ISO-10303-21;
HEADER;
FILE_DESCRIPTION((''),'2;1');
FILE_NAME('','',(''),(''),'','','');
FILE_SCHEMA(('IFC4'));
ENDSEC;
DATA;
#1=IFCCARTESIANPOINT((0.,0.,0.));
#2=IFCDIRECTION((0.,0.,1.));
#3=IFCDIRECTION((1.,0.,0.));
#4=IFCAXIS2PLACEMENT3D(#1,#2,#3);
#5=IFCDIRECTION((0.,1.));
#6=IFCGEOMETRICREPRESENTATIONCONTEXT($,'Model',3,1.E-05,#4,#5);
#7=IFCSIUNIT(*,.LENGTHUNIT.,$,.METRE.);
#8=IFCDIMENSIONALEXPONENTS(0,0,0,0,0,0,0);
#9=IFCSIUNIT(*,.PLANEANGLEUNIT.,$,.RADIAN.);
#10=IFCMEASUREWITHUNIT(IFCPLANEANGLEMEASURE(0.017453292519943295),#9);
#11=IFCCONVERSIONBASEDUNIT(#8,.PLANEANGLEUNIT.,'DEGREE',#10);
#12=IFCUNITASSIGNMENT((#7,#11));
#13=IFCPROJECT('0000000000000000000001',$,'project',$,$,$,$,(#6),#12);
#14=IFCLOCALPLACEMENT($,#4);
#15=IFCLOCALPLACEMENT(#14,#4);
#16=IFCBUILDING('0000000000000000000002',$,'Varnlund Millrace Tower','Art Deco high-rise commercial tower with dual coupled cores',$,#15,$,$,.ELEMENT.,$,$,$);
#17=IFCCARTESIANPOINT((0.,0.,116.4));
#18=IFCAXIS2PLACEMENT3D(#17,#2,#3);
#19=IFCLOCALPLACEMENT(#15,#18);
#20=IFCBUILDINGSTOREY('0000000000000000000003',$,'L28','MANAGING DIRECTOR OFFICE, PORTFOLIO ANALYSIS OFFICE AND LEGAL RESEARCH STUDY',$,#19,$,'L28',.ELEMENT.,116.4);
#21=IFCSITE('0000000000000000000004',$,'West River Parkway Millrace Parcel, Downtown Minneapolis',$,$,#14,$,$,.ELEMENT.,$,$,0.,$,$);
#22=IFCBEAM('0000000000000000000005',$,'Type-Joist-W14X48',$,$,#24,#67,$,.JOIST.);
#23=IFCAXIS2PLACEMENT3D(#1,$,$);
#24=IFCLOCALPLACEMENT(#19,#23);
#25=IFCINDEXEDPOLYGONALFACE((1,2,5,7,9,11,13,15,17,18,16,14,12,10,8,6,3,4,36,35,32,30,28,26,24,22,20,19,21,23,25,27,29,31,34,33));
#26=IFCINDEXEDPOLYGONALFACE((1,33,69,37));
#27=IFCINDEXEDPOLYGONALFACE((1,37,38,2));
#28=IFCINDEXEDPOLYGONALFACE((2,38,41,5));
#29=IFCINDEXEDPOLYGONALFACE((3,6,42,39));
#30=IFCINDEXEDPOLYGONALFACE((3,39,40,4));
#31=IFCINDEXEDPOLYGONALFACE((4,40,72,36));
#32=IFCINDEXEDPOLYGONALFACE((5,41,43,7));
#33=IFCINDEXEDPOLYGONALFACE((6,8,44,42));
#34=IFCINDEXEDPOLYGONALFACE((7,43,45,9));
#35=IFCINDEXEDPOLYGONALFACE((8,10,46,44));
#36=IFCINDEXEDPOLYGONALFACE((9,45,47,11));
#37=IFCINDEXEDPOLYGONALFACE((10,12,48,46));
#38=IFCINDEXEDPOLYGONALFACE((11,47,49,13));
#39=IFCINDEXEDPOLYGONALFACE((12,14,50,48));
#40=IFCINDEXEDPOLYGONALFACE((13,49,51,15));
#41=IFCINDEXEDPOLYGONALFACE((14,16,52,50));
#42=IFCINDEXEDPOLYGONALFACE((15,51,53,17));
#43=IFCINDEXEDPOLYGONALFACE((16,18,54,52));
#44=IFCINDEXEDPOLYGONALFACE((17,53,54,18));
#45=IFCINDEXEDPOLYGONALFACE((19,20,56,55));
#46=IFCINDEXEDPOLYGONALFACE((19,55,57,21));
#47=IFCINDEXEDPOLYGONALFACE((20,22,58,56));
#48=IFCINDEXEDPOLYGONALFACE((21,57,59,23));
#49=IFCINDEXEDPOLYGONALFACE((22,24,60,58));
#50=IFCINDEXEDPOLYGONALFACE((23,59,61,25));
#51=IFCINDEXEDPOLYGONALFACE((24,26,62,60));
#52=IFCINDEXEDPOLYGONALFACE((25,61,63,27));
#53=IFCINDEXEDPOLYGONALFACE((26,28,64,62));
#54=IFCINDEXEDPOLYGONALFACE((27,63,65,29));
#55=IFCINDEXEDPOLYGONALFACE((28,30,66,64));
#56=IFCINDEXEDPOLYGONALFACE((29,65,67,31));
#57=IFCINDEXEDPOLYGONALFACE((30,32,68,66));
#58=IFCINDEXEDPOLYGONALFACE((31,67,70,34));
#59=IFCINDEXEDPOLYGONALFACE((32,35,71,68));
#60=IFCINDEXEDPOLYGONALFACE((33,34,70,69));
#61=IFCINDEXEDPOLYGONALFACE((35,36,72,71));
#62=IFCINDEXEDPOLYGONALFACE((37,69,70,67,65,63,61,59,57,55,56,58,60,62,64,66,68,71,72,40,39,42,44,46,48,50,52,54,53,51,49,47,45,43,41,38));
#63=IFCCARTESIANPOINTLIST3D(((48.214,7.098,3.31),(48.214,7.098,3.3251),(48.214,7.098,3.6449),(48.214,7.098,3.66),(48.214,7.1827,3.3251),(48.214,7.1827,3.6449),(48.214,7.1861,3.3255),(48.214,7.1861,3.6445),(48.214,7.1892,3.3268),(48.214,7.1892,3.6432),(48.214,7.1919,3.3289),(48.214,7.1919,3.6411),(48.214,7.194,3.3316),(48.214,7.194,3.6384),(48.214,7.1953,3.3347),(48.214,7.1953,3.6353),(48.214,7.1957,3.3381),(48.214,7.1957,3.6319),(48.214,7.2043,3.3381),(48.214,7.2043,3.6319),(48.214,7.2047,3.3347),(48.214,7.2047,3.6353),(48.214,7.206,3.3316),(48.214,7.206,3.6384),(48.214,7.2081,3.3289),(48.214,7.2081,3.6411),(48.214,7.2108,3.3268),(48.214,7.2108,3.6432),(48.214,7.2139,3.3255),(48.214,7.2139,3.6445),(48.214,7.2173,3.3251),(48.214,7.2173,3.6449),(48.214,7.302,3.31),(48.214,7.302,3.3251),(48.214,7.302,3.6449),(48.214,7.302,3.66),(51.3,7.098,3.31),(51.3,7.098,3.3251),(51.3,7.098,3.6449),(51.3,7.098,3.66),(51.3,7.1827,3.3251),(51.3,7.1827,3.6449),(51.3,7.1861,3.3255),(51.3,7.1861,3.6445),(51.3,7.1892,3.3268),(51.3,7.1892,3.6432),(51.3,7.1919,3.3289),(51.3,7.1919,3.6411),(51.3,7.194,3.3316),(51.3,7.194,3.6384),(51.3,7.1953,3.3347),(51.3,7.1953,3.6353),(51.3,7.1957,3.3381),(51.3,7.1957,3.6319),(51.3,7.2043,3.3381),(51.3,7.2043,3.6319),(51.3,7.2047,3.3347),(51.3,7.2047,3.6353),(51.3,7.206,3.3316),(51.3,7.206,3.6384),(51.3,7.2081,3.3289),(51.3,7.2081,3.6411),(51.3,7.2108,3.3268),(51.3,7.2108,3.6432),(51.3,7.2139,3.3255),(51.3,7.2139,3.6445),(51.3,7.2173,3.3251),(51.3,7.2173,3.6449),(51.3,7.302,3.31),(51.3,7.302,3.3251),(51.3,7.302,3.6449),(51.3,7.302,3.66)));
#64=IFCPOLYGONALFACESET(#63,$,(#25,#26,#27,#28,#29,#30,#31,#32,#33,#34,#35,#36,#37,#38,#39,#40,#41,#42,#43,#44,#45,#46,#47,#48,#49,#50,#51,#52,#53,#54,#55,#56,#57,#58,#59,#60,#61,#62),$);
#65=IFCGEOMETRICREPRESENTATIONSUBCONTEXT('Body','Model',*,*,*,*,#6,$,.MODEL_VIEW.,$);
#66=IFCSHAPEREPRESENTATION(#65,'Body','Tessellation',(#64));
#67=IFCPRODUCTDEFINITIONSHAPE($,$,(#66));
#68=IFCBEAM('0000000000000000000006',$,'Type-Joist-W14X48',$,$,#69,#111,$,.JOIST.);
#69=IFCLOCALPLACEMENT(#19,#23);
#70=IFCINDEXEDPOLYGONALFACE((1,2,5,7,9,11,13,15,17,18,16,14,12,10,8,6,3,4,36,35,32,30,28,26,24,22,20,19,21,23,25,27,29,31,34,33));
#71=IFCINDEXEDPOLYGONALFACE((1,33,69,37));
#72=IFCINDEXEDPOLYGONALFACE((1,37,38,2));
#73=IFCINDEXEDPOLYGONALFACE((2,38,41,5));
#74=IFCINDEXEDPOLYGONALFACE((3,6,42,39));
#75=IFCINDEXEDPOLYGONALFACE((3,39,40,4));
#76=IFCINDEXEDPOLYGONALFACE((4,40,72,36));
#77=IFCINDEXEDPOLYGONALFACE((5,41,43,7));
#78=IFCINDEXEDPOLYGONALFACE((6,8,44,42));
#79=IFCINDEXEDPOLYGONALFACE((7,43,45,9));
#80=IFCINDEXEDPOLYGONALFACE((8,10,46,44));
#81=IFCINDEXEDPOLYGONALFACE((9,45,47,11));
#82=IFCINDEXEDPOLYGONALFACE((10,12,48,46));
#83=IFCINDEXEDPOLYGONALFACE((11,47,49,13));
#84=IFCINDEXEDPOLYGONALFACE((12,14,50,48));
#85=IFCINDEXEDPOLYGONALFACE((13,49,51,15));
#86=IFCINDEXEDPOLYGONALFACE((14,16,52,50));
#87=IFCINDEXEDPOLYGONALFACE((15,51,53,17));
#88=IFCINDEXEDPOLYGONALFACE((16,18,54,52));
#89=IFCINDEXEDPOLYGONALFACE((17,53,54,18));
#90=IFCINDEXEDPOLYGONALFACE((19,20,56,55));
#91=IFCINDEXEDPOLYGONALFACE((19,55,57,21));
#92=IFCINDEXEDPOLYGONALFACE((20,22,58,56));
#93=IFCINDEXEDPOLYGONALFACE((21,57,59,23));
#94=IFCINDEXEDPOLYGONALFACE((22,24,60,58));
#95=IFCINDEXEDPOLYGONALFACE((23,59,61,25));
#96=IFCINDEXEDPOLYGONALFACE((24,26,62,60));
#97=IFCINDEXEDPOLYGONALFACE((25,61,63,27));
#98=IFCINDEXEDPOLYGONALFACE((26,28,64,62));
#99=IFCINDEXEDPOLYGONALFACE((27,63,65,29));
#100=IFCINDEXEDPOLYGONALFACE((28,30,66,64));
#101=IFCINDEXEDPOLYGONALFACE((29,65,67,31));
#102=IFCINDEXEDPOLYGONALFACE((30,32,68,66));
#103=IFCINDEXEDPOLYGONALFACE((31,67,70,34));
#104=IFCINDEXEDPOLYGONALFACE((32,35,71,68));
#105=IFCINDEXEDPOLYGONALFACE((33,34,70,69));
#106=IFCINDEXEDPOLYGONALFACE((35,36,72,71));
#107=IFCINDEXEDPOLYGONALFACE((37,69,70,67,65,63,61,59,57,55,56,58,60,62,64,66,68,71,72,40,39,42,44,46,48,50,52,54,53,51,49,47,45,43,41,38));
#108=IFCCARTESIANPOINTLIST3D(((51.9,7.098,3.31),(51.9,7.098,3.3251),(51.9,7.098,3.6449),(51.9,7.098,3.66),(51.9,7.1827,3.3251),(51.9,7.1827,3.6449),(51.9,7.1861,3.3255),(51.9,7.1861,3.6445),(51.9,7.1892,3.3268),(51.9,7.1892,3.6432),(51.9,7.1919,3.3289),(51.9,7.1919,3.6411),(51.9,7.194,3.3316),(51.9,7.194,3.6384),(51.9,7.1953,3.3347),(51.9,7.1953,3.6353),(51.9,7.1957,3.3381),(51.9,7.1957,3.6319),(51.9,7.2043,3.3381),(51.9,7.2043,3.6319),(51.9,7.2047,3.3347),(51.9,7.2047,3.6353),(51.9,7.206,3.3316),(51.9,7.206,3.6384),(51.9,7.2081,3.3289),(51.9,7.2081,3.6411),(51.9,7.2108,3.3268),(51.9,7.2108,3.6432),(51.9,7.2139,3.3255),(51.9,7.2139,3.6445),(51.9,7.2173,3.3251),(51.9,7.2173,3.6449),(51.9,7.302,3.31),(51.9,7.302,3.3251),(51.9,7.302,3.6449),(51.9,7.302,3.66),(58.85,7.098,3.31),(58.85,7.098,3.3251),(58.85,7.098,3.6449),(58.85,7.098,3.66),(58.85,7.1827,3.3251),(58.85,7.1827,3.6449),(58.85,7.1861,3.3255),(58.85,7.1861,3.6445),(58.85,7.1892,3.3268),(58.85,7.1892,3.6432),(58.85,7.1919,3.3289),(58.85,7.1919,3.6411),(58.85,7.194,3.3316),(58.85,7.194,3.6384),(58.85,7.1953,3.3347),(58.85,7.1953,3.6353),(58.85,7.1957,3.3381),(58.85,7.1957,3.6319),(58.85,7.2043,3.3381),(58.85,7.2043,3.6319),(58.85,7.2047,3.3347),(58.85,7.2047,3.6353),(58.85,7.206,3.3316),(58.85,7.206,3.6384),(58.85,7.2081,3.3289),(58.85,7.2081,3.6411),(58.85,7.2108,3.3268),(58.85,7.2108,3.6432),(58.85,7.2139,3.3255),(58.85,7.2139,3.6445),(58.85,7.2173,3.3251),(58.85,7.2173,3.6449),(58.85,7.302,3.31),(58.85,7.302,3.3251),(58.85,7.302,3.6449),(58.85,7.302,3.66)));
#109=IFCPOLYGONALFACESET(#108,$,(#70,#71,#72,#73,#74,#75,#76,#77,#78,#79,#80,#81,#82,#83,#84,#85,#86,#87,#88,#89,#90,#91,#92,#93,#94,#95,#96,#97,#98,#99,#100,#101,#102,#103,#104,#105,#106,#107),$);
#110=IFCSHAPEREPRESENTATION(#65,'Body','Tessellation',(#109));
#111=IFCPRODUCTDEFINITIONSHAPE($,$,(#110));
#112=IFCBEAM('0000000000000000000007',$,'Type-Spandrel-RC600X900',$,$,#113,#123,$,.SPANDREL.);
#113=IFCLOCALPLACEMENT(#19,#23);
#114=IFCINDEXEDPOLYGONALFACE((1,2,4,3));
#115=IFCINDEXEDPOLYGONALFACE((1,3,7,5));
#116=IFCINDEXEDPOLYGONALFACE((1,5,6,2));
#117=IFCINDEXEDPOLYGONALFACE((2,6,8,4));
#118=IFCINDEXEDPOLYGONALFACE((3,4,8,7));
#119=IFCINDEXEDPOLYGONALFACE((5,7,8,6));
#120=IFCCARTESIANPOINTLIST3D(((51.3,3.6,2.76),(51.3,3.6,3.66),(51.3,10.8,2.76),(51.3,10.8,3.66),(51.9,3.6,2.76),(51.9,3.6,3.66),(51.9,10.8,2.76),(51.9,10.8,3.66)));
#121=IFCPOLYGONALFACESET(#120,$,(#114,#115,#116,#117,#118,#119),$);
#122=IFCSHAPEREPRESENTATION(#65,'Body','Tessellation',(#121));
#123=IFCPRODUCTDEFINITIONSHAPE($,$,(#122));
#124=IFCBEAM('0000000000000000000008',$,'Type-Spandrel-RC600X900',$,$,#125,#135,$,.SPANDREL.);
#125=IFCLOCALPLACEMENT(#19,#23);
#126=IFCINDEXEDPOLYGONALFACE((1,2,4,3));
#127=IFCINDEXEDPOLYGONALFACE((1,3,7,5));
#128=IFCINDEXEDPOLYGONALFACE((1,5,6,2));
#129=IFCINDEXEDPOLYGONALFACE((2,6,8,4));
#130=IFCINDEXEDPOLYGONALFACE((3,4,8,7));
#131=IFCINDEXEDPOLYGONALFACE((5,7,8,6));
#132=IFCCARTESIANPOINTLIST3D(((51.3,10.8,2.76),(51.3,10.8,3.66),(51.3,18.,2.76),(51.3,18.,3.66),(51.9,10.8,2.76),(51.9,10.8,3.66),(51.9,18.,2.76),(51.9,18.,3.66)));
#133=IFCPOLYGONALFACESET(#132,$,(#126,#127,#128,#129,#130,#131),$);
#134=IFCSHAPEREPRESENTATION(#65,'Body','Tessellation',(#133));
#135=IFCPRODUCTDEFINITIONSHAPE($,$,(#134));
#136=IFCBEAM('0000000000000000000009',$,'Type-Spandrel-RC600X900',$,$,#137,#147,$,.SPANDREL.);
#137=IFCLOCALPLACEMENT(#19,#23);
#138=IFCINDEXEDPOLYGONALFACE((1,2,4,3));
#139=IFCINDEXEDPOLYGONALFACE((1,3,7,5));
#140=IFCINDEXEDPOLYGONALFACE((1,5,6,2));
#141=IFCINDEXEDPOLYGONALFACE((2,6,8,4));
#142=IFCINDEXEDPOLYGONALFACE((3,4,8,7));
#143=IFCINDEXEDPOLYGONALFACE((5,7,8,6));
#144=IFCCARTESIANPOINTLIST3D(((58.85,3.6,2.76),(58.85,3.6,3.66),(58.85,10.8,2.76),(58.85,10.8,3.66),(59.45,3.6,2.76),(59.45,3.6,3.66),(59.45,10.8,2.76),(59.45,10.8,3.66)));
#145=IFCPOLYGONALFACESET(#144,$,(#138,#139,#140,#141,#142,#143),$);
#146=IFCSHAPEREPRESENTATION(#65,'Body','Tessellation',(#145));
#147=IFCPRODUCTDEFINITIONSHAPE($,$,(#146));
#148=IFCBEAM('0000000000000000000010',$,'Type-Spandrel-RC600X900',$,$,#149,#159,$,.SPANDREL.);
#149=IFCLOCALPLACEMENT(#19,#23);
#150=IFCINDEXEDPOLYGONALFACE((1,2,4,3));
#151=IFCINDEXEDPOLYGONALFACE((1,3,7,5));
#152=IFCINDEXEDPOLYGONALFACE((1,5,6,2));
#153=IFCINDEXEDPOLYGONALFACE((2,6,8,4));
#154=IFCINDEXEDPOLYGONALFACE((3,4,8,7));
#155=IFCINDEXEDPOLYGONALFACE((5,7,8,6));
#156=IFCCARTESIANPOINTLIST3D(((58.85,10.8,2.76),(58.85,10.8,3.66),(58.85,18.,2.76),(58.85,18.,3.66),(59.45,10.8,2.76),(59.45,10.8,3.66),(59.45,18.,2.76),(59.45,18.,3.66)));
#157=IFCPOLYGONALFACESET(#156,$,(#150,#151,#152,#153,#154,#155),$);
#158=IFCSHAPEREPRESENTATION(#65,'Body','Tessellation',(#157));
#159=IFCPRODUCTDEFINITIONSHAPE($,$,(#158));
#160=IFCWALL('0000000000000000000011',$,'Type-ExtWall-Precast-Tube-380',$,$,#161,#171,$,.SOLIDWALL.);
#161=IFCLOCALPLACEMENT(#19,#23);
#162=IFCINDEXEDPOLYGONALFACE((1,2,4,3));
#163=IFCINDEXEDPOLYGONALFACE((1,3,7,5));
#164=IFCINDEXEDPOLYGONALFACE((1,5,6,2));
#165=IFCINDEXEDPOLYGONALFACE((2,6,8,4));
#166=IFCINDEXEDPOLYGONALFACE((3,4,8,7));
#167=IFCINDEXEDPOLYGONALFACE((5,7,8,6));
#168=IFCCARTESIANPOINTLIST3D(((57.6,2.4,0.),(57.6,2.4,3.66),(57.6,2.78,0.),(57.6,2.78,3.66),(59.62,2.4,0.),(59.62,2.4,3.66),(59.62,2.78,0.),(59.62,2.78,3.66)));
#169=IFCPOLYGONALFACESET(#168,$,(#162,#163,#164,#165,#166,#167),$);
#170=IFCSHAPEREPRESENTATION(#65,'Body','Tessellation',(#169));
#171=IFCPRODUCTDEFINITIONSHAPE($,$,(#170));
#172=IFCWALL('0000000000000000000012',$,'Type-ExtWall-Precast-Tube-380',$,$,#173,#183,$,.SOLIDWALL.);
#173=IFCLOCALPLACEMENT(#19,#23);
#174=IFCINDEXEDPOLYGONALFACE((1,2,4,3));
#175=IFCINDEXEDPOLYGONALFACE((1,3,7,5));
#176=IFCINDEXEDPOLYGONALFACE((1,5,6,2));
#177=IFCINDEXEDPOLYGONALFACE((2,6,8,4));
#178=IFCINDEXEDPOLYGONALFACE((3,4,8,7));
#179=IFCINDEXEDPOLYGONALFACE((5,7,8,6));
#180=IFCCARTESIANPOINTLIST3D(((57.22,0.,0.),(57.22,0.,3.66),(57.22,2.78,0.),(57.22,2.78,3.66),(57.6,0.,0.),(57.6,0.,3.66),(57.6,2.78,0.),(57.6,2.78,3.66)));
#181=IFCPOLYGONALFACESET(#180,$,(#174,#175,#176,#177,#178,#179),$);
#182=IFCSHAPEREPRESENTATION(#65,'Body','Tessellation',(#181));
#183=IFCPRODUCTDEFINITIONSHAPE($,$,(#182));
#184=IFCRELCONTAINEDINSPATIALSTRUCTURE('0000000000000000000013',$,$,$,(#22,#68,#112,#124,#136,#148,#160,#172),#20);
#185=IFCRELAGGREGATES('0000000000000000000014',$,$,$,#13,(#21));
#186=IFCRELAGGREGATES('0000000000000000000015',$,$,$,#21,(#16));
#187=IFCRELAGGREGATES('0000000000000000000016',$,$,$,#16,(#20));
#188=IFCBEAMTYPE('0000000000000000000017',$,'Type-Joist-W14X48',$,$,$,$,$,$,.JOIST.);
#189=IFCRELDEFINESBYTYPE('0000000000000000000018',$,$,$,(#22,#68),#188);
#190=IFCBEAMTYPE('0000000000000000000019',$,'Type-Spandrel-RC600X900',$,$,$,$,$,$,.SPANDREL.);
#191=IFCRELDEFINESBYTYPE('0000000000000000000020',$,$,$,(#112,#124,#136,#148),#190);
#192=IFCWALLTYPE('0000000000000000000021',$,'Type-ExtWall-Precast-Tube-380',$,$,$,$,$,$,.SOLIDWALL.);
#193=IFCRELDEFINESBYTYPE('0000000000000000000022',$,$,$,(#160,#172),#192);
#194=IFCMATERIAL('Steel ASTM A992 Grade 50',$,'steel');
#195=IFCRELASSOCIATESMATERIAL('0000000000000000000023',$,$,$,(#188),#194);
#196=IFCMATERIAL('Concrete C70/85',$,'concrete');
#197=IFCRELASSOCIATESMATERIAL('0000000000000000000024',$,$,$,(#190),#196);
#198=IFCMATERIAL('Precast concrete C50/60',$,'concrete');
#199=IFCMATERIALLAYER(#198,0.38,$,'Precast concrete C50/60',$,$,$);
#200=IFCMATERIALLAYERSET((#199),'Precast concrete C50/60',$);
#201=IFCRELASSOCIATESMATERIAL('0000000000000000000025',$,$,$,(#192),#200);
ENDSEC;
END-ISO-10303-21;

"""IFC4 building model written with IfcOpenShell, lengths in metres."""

from ifc_helpers import new_model, entity, si_unit, converted_unit, direction, frame, origin_with_axes, origin_2d_with_axis, place, context, subcontext, project, spatial, polyline, rectangle, i_section, outline, extrude, material, layer, layer_set, material_profile, profile_set, type_object, element, save


model = new_model("IFC4")

# Units and contexts
model_context = context("Model", 3, precision=1e-05, world=origin_with_axes(), true_north=direction((0.0, 1.0)))
body_context = subcontext(model_context, "Body", "Model", "MODEL_VIEW")
ifc_project = project(units=[si_unit("LENGTHUNIT", "METRE"), converted_unit("PLANEANGLEUNIT", "DEGREE", entity("IfcPlaneAngleMeasure", 0.017453292519943295), si_unit("PLANEANGLEUNIT", "RADIAN"), dimensions=[0, 0, 0, 0, 0, 0, 0])], contexts=[model_context])

# Site, building, storey
site_placement = place(None, origin_with_axes())
site = spatial("IfcSite", under=ifc_project, at=site_placement, Name="West River Parkway Millrace Parcel, Downtown Minneapolis", CompositionType="ELEMENT", RefElevation=0.0)
building_placement = place(site_placement, origin_with_axes())
building = spatial("IfcBuilding", under=site, at=building_placement, Name="Varnlund Millrace Tower", Description="Art Deco high-rise commercial tower with dual coupled cores", CompositionType="ELEMENT")
storey_placement = place(building_placement, frame((0.0, 0.0, 116.4), z_axis=(0.0, 0.0, 1.0), x_axis=(1.0, 0.0, 0.0)))
storey = spatial("IfcBuildingStorey", under=building, at=storey_placement, Name="L28", Description="MANAGING DIRECTOR OFFICE, PORTFOLIO ANALYSIS OFFICE AND LEGAL RESEARCH STUDY", LongName="L28", CompositionType="ELEMENT", Elevation=116.4)

# Beams
ifc_material_1 = material(Name="Steel ASTM A992 Grade 50", Category="steel")
ifc_material_profile_1 = material_profile(ifc_material_1, i_section(OverallWidth=0.204, OverallDepth=0.35, WebThickness=0.0086, FlangeThickness=0.0151, FilletRadius=0.013, at=origin_2d_with_axis()), Name="Steel ASTM A992 Grade 50")
ifc_profile_set_1 = profile_set([ifc_material_profile_1], Name="Steel ASTM A992 Grade 50")
beam_type_1 = type_object("IfcBeamType", Name="Type-Joist-W14X48", PredefinedType="JOIST", material=ifc_profile_set_1)
beam_1_placement = place(storey_placement, frame((48.214, 7.2, 3.485), z_axis=(1.0, 0.0, 0.0), x_axis=(0.0, 1.0, 0.0)))
element("IfcBeam", 1, at=beam_1_placement, inside=storey, type_object=beam_type_1, Name="Type-Joist-W14X48", PredefinedType="JOIST", context=body_context, shape_type="SweptSolid", body=[
    extrude(i_section(OverallWidth=0.204, OverallDepth=0.35, WebThickness=0.0086, FlangeThickness=0.0151, FilletRadius=0.013, at=origin_2d_with_axis()), origin_with_axes(), (0.0, 0.0, 1.0), 3.086),
])
beam_2_placement = place(storey_placement, frame((51.9, 7.2, 3.485), z_axis=(1.0, 0.0, 0.0), x_axis=(0.0, 1.0, 0.0)))
element("IfcBeam", 2, at=beam_2_placement, inside=storey, type_object=beam_type_1, Name="Type-Joist-W14X48", PredefinedType="JOIST", context=body_context, shape_type="SweptSolid", body=[
    extrude(i_section(OverallWidth=0.204, OverallDepth=0.35, WebThickness=0.0086, FlangeThickness=0.0151, FilletRadius=0.013, at=origin_2d_with_axis()), origin_with_axes(), (0.0, 0.0, 1.0), 6.95),
])
ifc_material_2 = material(Name="Concrete C70/85", Category="concrete")
ifc_material_profile_2 = material_profile(ifc_material_2, rectangle(XDim=0.6, YDim=0.9, at=origin_2d_with_axis()), Name="Concrete C70/85")
ifc_profile_set_2 = profile_set([ifc_material_profile_2], Name="Concrete C70/85")
beam_type_2 = type_object("IfcBeamType", Name="Type-Spandrel-RC600X900", PredefinedType="SPANDREL", material=ifc_profile_set_2)
for number, where, z_axis, x_axis, name in (
    (3, (51.6, 3.6, 3.21), (0.0, 1.0, 0.0), (-1.0, 0.0, 0.0), "Type-Spandrel-RC600X900"),
    (4, (51.6, 10.8, 3.21), (0.0, 1.0, 0.0), (-1.0, 0.0, 0.0), "Type-Spandrel-RC600X900"),
    (5, (59.15, 3.6, 3.21), (0.0, 1.0, 0.0), (-1.0, 0.0, 0.0), "Type-Spandrel-RC600X900"),
    (6, (59.15, 10.8, 3.21), (0.0, 1.0, 0.0), (-1.0, 0.0, 0.0), "Type-Spandrel-RC600X900"),
):
    element("IfcBeam", number, at=place(storey_placement, frame(where, z_axis=z_axis, x_axis=x_axis)), inside=storey, type_object=beam_type_2, Name=name, PredefinedType="SPANDREL", context=body_context, shape_type="SweptSolid", body=[
        extrude(rectangle(XDim=0.6, YDim=0.9, at=origin_2d_with_axis()), origin_with_axes(), (0.0, 0.0, 1.0), 7.2),
    ])

# Walls
ifc_material_3 = material(Name="Precast concrete C50/60", Category="concrete")
ifc_layer_1 = layer(ifc_material_3, 0.38, Name="Precast concrete C50/60")
ifc_layer_set_1 = layer_set([ifc_layer_1], Name="Precast concrete C50/60")
wall_type_1 = type_object("IfcWallType", Name="Type-ExtWall-Precast-Tube-380", PredefinedType="SOLIDWALL", material=ifc_layer_set_1)
wall_1_placement = place(storey_placement, frame((59.62, 2.59, 0.0), z_axis=(0.0, 0.0, 1.0), x_axis=(-1.0, 0.0, 0.0)))
element("IfcWall", 7, at=wall_1_placement, inside=storey, type_object=wall_type_1, Name="Type-ExtWall-Precast-Tube-380", PredefinedType="SOLIDWALL", context=body_context, shape_type="SweptSolid", body=[
    extrude(outline(polyline([(0.0, -0.19), (2.02, -0.19), (2.02, 0.19), (0.0, 0.19), (0.0, -0.19)])), origin_with_axes(), (0.0, 0.0, 1.0), 3.66),
])
wall_2_placement = place(storey_placement, frame((57.41, 2.78, 0.0), z_axis=(0.0, 0.0, 1.0), x_axis=(0.0, -1.0, 0.0)))
element("IfcWall", 8, at=wall_2_placement, inside=storey, type_object=wall_type_1, Name="Type-ExtWall-Precast-Tube-380", PredefinedType="SOLIDWALL", context=body_context, shape_type="SweptSolid", body=[
    extrude(outline(polyline([(0.0, -0.19), (2.78, -0.19), (2.78, 0.19), (0.0, 0.19), (0.0, -0.19)])), origin_with_axes(), (0.0, 0.0, 1.0), 3.66),
])

save(model, "model.ifc")
